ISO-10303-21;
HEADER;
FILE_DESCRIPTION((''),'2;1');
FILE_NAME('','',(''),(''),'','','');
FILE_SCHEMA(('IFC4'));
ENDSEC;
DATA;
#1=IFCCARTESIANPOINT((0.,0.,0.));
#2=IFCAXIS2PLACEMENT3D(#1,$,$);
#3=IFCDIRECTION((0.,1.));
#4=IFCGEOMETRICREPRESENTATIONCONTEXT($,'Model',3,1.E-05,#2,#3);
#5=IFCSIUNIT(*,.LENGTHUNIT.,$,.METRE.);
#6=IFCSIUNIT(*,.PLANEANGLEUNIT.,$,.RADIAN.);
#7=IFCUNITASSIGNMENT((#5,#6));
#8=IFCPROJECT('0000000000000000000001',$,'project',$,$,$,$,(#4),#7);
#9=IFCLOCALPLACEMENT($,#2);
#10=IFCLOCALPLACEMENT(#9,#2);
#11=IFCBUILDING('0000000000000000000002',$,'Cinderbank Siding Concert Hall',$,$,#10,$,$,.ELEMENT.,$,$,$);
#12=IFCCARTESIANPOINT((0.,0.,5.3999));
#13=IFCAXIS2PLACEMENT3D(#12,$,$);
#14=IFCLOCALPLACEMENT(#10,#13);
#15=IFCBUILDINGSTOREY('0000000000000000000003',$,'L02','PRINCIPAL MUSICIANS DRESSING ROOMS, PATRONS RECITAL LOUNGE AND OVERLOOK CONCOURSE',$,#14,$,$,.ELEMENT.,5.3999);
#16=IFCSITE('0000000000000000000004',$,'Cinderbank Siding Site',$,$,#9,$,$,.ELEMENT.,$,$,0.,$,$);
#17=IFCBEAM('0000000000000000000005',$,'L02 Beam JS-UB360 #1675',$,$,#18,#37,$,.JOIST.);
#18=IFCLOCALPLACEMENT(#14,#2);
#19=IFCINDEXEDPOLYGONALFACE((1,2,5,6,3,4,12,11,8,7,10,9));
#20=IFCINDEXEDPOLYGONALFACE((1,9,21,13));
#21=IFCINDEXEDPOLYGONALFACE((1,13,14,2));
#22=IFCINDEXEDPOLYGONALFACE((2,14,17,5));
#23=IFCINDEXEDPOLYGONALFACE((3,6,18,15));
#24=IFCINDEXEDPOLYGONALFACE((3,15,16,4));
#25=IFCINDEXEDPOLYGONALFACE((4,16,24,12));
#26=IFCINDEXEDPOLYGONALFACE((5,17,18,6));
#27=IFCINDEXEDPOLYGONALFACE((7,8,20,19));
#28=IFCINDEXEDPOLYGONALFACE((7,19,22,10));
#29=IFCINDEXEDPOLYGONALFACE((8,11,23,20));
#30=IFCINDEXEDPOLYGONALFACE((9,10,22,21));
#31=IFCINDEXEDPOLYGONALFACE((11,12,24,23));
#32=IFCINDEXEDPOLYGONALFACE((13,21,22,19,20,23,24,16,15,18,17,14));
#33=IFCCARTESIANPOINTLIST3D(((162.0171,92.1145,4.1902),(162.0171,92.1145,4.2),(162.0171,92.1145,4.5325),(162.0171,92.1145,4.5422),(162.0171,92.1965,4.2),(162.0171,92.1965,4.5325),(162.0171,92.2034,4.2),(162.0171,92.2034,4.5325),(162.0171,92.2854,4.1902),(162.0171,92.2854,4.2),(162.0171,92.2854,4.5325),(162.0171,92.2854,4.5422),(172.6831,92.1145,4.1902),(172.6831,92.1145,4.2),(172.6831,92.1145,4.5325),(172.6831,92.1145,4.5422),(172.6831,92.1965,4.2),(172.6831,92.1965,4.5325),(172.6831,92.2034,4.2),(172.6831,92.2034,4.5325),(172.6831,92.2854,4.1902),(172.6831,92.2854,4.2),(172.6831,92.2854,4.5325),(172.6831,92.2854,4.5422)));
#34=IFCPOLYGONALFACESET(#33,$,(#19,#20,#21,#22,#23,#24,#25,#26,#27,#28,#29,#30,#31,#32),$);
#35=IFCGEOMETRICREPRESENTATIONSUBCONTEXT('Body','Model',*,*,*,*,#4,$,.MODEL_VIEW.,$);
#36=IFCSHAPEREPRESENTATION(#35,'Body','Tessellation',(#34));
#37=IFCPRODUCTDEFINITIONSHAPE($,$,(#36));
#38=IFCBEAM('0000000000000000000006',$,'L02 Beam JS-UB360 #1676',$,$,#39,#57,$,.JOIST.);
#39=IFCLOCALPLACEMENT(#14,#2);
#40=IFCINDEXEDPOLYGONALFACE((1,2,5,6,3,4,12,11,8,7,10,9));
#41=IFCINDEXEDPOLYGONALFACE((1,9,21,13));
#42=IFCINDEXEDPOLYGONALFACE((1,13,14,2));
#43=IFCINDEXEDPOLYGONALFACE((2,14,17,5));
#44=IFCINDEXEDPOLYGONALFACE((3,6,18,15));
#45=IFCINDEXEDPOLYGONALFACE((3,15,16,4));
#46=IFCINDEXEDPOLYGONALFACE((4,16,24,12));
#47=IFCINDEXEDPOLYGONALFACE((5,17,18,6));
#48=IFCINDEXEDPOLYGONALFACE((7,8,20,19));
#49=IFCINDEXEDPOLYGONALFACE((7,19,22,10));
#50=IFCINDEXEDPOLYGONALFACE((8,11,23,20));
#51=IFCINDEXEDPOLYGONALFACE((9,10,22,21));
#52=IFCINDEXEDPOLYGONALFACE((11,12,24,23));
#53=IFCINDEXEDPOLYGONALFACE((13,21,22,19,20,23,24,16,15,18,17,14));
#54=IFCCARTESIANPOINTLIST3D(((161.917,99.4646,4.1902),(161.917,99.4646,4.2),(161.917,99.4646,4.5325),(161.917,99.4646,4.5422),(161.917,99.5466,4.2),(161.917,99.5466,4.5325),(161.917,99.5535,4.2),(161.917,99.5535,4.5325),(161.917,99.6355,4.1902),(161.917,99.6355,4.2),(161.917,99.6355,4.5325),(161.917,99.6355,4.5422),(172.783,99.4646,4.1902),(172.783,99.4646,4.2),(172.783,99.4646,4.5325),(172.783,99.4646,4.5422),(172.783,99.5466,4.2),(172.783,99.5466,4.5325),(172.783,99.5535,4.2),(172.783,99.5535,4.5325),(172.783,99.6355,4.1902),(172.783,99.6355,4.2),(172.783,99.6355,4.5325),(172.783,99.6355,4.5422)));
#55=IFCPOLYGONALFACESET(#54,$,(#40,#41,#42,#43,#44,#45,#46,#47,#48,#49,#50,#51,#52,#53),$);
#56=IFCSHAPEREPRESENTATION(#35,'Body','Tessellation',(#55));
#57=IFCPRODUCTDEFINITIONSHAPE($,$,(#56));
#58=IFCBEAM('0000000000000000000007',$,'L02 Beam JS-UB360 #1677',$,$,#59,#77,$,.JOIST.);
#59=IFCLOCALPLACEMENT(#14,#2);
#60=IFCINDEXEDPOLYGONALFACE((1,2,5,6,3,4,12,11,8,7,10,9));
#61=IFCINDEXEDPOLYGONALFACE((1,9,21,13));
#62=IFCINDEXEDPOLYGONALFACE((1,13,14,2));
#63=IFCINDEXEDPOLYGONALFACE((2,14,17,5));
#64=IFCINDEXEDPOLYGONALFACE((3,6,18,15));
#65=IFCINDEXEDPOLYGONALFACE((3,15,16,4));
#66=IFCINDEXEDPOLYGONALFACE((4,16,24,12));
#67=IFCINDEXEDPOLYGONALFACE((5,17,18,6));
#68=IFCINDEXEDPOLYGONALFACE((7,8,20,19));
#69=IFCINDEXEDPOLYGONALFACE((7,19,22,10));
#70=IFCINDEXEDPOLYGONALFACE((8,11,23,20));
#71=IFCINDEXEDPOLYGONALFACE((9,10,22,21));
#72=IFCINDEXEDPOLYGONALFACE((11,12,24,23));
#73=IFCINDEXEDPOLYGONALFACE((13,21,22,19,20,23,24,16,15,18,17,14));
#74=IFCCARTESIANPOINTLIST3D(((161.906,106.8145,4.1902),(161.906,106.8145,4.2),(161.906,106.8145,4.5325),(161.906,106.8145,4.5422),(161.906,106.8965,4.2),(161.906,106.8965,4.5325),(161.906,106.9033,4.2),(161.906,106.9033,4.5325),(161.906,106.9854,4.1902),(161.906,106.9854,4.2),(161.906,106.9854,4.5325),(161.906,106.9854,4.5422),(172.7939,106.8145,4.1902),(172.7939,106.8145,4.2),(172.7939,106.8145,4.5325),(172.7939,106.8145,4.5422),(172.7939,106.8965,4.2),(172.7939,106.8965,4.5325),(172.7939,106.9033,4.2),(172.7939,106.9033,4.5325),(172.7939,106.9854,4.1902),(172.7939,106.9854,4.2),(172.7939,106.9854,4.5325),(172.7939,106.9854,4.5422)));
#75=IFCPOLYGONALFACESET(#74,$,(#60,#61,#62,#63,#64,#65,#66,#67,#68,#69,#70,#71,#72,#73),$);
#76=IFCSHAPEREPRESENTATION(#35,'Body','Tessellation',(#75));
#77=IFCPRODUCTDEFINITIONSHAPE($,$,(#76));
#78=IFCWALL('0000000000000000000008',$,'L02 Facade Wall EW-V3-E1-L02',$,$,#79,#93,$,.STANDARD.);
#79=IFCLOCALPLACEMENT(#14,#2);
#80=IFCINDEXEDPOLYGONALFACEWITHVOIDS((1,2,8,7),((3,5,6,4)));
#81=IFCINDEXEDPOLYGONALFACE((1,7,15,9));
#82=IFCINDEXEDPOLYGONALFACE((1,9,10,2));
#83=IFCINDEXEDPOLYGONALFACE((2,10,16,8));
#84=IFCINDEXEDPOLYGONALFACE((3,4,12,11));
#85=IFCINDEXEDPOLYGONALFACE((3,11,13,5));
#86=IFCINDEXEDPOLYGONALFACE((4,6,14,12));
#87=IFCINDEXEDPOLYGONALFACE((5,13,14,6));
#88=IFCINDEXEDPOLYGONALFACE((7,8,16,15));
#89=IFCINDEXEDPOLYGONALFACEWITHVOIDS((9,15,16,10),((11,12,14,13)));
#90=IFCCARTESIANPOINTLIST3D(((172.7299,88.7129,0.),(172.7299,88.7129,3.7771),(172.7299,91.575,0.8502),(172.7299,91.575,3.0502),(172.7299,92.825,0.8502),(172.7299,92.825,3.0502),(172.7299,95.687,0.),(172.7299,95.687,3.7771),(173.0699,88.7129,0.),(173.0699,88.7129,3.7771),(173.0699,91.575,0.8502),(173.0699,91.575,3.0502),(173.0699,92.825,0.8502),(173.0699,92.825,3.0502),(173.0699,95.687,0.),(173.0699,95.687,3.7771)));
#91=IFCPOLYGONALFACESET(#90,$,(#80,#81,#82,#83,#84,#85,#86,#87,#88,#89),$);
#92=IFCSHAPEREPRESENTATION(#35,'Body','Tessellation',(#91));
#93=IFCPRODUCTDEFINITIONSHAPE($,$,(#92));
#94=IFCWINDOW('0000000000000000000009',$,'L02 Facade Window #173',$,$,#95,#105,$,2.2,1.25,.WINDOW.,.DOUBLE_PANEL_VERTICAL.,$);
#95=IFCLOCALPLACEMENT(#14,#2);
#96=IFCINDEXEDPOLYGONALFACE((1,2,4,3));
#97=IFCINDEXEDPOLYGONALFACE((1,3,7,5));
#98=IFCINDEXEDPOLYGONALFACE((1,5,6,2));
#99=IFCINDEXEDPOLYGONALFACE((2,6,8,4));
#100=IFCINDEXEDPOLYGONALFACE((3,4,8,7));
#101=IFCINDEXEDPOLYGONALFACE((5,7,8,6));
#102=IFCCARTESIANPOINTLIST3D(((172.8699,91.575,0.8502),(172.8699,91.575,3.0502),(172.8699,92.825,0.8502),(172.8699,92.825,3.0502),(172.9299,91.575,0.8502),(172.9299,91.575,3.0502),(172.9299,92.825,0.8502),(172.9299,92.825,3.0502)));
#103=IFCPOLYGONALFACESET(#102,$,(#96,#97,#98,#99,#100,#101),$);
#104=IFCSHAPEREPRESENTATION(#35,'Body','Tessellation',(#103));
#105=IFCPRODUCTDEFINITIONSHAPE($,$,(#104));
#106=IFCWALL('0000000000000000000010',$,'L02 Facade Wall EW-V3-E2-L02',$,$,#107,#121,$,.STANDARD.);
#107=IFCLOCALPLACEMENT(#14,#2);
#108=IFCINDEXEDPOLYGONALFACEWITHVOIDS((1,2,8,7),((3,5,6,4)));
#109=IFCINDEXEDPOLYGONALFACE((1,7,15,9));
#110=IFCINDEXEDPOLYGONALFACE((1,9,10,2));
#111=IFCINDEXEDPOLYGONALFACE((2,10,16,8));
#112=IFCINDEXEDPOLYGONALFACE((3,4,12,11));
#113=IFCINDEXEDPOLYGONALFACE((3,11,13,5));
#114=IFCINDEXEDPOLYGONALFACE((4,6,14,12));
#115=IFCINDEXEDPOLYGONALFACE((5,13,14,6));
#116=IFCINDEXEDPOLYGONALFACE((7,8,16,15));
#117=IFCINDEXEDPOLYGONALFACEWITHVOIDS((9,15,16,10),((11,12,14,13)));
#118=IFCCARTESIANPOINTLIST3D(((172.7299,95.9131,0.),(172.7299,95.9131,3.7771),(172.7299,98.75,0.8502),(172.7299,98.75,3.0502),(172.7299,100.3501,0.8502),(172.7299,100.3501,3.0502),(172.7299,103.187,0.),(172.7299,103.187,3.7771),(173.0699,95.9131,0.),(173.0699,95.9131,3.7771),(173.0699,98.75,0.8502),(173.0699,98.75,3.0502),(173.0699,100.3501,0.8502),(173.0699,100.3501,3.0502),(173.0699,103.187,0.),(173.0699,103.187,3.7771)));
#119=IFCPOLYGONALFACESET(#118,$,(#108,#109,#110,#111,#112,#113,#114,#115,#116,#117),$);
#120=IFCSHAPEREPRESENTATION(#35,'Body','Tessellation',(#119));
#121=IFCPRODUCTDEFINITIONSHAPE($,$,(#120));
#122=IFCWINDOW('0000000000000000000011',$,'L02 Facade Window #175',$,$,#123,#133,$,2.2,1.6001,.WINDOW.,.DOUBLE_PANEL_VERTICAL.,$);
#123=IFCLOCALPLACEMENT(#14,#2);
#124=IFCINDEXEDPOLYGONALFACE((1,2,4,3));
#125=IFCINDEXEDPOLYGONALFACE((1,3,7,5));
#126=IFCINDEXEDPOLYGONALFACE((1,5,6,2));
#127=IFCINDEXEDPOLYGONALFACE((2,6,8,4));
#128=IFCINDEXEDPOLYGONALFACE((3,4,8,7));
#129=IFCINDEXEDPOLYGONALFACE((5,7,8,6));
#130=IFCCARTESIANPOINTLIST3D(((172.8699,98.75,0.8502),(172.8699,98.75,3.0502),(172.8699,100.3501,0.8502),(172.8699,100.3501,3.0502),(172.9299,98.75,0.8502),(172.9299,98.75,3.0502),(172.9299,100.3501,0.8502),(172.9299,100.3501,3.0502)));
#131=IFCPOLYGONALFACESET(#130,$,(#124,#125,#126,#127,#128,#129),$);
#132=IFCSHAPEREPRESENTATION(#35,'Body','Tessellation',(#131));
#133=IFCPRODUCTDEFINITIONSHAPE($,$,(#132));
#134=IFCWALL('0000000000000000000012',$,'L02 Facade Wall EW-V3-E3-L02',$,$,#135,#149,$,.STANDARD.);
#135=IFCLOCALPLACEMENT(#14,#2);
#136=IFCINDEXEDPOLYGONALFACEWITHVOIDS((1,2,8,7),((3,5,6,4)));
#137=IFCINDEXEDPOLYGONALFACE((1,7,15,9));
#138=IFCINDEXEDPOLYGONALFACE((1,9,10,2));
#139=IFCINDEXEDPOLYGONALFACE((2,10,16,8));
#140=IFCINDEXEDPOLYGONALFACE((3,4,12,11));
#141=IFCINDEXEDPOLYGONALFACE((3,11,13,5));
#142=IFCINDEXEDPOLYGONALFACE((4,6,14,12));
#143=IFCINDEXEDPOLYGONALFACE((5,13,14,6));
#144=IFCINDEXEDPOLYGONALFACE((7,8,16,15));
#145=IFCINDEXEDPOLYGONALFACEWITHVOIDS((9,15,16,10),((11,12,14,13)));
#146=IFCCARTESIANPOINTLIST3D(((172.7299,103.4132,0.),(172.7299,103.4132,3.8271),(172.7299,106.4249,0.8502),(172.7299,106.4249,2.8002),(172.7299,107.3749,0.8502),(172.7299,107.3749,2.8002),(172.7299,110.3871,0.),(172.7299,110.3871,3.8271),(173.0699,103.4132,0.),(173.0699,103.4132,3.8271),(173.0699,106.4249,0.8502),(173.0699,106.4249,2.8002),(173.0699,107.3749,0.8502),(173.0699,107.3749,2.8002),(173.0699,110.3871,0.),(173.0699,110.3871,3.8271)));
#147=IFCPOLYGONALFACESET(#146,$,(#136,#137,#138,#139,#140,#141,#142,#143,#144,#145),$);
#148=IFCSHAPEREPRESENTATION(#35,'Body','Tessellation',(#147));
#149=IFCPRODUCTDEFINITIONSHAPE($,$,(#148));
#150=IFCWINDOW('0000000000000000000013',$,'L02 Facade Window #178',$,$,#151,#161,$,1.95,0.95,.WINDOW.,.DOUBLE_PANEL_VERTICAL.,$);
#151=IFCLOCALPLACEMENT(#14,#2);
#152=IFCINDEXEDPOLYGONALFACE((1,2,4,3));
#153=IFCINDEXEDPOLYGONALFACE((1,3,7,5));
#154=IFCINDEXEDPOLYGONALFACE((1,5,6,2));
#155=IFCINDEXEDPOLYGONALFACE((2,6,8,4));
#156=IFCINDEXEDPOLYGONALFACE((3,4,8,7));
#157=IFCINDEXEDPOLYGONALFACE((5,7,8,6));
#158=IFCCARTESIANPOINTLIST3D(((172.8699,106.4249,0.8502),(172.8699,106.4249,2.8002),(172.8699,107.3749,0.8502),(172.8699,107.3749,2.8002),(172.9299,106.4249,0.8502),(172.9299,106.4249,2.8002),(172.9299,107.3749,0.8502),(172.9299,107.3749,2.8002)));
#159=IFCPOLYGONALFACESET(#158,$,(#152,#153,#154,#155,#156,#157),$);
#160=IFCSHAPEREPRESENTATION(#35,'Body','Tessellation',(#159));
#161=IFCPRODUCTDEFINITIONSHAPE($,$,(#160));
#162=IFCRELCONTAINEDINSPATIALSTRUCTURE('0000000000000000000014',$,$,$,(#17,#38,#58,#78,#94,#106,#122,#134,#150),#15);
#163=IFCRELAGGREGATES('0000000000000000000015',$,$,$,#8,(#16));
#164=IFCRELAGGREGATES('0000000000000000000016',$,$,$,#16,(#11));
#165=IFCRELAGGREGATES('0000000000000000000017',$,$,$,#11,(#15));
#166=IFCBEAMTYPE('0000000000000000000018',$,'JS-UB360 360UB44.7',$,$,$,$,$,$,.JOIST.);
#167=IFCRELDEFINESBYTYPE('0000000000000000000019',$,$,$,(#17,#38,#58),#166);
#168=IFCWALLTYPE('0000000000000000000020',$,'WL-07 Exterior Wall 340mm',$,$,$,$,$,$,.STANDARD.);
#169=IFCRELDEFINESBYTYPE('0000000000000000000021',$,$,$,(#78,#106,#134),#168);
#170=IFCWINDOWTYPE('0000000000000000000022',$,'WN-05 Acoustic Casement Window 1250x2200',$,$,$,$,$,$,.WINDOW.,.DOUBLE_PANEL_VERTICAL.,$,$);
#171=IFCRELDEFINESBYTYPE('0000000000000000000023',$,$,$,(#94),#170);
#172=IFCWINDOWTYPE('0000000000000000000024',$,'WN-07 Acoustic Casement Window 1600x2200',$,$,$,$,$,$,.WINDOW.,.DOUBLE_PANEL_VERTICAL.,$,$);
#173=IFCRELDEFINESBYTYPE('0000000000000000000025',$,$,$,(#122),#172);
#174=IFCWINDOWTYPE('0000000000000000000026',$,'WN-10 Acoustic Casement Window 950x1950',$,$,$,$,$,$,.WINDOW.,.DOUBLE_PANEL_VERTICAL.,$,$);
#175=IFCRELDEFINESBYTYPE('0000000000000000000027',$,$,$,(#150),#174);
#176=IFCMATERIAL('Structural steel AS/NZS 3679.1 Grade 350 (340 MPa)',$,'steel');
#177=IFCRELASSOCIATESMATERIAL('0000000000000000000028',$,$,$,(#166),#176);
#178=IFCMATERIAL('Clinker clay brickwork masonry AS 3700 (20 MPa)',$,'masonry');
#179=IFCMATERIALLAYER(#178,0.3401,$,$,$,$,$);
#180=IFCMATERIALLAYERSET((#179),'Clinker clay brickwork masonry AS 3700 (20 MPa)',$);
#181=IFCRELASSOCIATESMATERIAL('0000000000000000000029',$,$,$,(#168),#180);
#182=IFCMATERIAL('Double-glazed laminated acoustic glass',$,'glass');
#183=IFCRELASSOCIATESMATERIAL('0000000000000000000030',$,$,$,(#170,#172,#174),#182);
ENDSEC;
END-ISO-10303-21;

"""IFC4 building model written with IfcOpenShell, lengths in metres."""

from ifc_helpers import new_model, si_unit, direction, frame, frame_2d, origin, origin_2d, place, context, subcontext, project, spatial, rectangle, i_section, extrude, material, layer, layer_set, material_profile, profile_set, type_object, element, fill, save


model = new_model("IFC4")

# Units and contexts
model_context = context("Model", 3, precision=1e-05, world=origin(), true_north=direction((0.0, 1.0)))
body_context = subcontext(model_context, "Body", "Model", "MODEL_VIEW")
ifc_project = project(units=[si_unit("LENGTHUNIT", "METRE"), si_unit("PLANEANGLEUNIT", "RADIAN")], contexts=[model_context])

# Site, building, storey
site_placement = place(None, origin())
site = spatial("IfcSite", under=ifc_project, at=site_placement, Name="Cinderbank Siding Site", CompositionType="ELEMENT", RefElevation=0.0)
building_placement = place(site_placement, origin())
building = spatial("IfcBuilding", under=site, at=building_placement, Name="Cinderbank Siding Concert Hall", CompositionType="ELEMENT")
storey_placement = place(building_placement, frame((0.0, 0.0, 5.3999)))
storey = spatial("IfcBuildingStorey", under=building, at=storey_placement, Name="L02", Description="PRINCIPAL MUSICIANS DRESSING ROOMS, PATRONS RECITAL LOUNGE AND OVERLOOK CONCOURSE", CompositionType="ELEMENT", Elevation=5.3999)

# Shared definitions
ifc_material_1 = material(Name="Structural steel AS/NZS 3679.1 Grade 350 (340 MPa)", Category="steel")

# Beams
ifc_material_profile_1 = material_profile(ifc_material_1, i_section(OverallWidth=0.1709, OverallDepth=0.3521, WebThickness=0.0068, FlangeThickness=0.0098, at=origin_2d()), Name="360UB44.7", Category="LoadBearing")
ifc_profile_set_1 = profile_set([ifc_material_profile_1], Name="Structural steel AS/NZS 3679.1 Grade 350 (340 MPa)")
beam_type_1 = type_object("IfcBeamType", Name="JS-UB360 360UB44.7", PredefinedType="JOIST", material=ifc_profile_set_1)
beam_1_placement = place(storey_placement, frame((162.0171, 92.2, 4.3662), z_axis=(1.0, 0.0, 0.0), x_axis=(0.0, 1.0, 0.0)))
element("IfcBeam", 1, at=beam_1_placement, inside=storey, type_object=beam_type_1, Name="L02 Beam JS-UB360 #1675", PredefinedType="JOIST", context=body_context, shape_type="SweptSolid", body=[
    extrude(i_section(OverallWidth=0.1709, OverallDepth=0.3521, WebThickness=0.0068, FlangeThickness=0.0098, at=origin_2d()), origin(), (0.0, 0.0, 1.0), 10.666),
])
beam_2_placement = place(storey_placement, frame((161.917, 99.55, 4.3662), z_axis=(1.0, 0.0, 0.0), x_axis=(0.0, 1.0, 0.0)))
element("IfcBeam", 2, at=beam_2_placement, inside=storey, type_object=beam_type_1, Name="L02 Beam JS-UB360 #1676", PredefinedType="JOIST", context=body_context, shape_type="SweptSolid", body=[
    extrude(i_section(OverallWidth=0.1709, OverallDepth=0.3521, WebThickness=0.0068, FlangeThickness=0.0098, at=origin_2d()), origin(), (0.0, 0.0, 1.0), 10.866),
])
beam_3_placement = place(storey_placement, frame((161.906, 106.8999, 4.3662), z_axis=(1.0, 0.0, 0.0), x_axis=(0.0, 1.0, 0.0)))
element("IfcBeam", 3, at=beam_3_placement, inside=storey, type_object=beam_type_1, Name="L02 Beam JS-UB360 #1677", PredefinedType="JOIST", context=body_context, shape_type="SweptSolid", body=[
    extrude(i_section(OverallWidth=0.1709, OverallDepth=0.3521, WebThickness=0.0068, FlangeThickness=0.0098, at=origin_2d()), origin(), (0.0, 0.0, 1.0), 10.8879),
])

# Walls, openings, windows
ifc_material_2 = material(Name="Clinker clay brickwork masonry AS 3700 (20 MPa)", Category="masonry")
ifc_layer = layer(ifc_material_2, 0.3401)
ifc_layer_set = layer_set([ifc_layer], Name="Clinker clay brickwork masonry AS 3700 (20 MPa)")
wall_type = type_object("IfcWallType", Name="WL-07 Exterior Wall 340mm", PredefinedType="STANDARD", material=ifc_layer_set)
wall_1_placement = place(storey_placement, frame((172.8999, 95.687, 0.0), z_axis=(0.0, 0.0, 1.0), x_axis=(0.0, -1.0, 0.0)))
wall_1 = element("IfcWall", 4, at=wall_1_placement, inside=storey, type_object=wall_type, Name="L02 Facade Wall EW-V3-E1-L02", PredefinedType="STANDARD", context=body_context, shape_type="SweptSolid", body=[
    extrude(rectangle(XDim=6.9741, YDim=0.3401, at=frame_2d((3.4871, 0.0))), origin(), (0.0, 0.0, 1.0), 3.7771),
])
opening_1_placement = place(wall_1_placement, frame((2.8621, 0.0, 0.8501)))
opening_1 = element("IfcOpeningElement", 5, at=opening_1_placement, cuts=wall_1, PredefinedType="OPENING", context=body_context, shape_type="SweptSolid", body=[
    extrude(rectangle(XDim=1.25, YDim=2.2, at=frame_2d((0.625, 1.1001))), frame((0.0, 0.1821, 0.0), z_axis=(0.0, -1.0, 0.0), x_axis=(1.0, 0.0, 0.0)), (0.0, 0.0, 1.0), 0.364),
])
ifc_material_3 = material(Name="Double-glazed laminated acoustic glass", Category="glass")
window_type_1 = type_object("IfcWindowType", Name="WN-05 Acoustic Casement Window 1250x2200", PartitioningType="DOUBLE_PANEL_VERTICAL", PredefinedType="WINDOW", material=ifc_material_3)
window_1_placement = place(opening_1_placement, origin())
window_1 = element("IfcWindow", 6, at=window_1_placement, inside=storey, type_object=window_type_1, Name="L02 Facade Window #173", OverallHeight=2.2, OverallWidth=1.25, PartitioningType="DOUBLE_PANEL_VERTICAL", PredefinedType="WINDOW", context=body_context, shape_type="SweptSolid", body=[
    extrude(rectangle(XDim=1.25, YDim=2.2, at=frame_2d((0.625, 1.1001))), frame((0.0, 0.03, 0.0), z_axis=(0.0, -1.0, 0.0), x_axis=(1.0, 0.0, 0.0)), (0.0, 0.0, 1.0), 0.0601),
])
fill(opening_1, window_1)
wall_2_placement = place(storey_placement, frame((172.8999, 103.187, 0.0), z_axis=(0.0, 0.0, 1.0), x_axis=(0.0, -1.0, 0.0)))
wall_2 = element("IfcWall", 7, at=wall_2_placement, inside=storey, type_object=wall_type, Name="L02 Facade Wall EW-V3-E2-L02", PredefinedType="STANDARD", context=body_context, shape_type="SweptSolid", body=[
    extrude(rectangle(XDim=7.2739, YDim=0.3401, at=frame_2d((3.637, 0.0))), origin(), (0.0, 0.0, 1.0), 3.7771),
])
opening_2_placement = place(wall_2_placement, frame((2.8369, 0.0, 0.8501)))
opening_2 = element("IfcOpeningElement", 8, at=opening_2_placement, cuts=wall_2, PredefinedType="OPENING", context=body_context, shape_type="SweptSolid", body=[
    extrude(rectangle(XDim=1.6001, YDim=2.2, at=frame_2d((0.8, 1.1001))), frame((0.0, 0.1821, 0.0), z_axis=(0.0, -1.0, 0.0), x_axis=(1.0, 0.0, 0.0)), (0.0, 0.0, 1.0), 0.364),
])
window_type_2 = type_object("IfcWindowType", Name="WN-07 Acoustic Casement Window 1600x2200", PartitioningType="DOUBLE_PANEL_VERTICAL", PredefinedType="WINDOW", material=ifc_material_3)
window_2_placement = place(opening_2_placement, origin())
window_2 = element("IfcWindow", 9, at=window_2_placement, inside=storey, type_object=window_type_2, Name="L02 Facade Window #175", OverallHeight=2.2, OverallWidth=1.6001, PartitioningType="DOUBLE_PANEL_VERTICAL", PredefinedType="WINDOW", context=body_context, shape_type="SweptSolid", body=[
    extrude(rectangle(XDim=1.6001, YDim=2.2, at=frame_2d((0.8, 1.1001))), frame((0.0, 0.03, 0.0), z_axis=(0.0, -1.0, 0.0), x_axis=(1.0, 0.0, 0.0)), (0.0, 0.0, 1.0), 0.0601),
])
fill(opening_2, window_2)
wall_3_placement = place(storey_placement, frame((172.8999, 110.387, 0.0), z_axis=(0.0, 0.0, 1.0), x_axis=(0.0, -1.0, 0.0)))
wall_3 = element("IfcWall", 10, at=wall_3_placement, inside=storey, type_object=wall_type, Name="L02 Facade Wall EW-V3-E3-L02", PredefinedType="STANDARD", context=body_context, shape_type="SweptSolid", body=[
    extrude(rectangle(XDim=6.9739, YDim=0.3401, at=frame_2d((3.4868, 0.0))), origin(), (0.0, 0.0, 1.0), 3.8271),
])
opening_3_placement = place(wall_3_placement, frame((3.012, 0.0, 0.8501)))
opening_3 = element("IfcOpeningElement", 11, at=opening_3_placement, cuts=wall_3, PredefinedType="OPENING", context=body_context, shape_type="SweptSolid", body=[
    extrude(rectangle(XDim=0.95, YDim=1.95, at=frame_2d((0.4751, 0.9751))), frame((0.0, 0.1821, 0.0), z_axis=(0.0, -1.0, 0.0), x_axis=(1.0, 0.0, 0.0)), (0.0, 0.0, 1.0), 0.364),
])
window_type_3 = type_object("IfcWindowType", Name="WN-10 Acoustic Casement Window 950x1950", PartitioningType="DOUBLE_PANEL_VERTICAL", PredefinedType="WINDOW", material=ifc_material_3)
window_3_placement = place(opening_3_placement, origin())
window_3 = element("IfcWindow", 12, at=window_3_placement, inside=storey, type_object=window_type_3, Name="L02 Facade Window #178", OverallHeight=1.95, OverallWidth=0.95, PartitioningType="DOUBLE_PANEL_VERTICAL", PredefinedType="WINDOW", context=body_context, shape_type="SweptSolid", body=[
    extrude(rectangle(XDim=0.95, YDim=1.95, at=frame_2d((0.4751, 0.9751))), frame((0.0, 0.03, 0.0), z_axis=(0.0, -1.0, 0.0), x_axis=(1.0, 0.0, 0.0)), (0.0, 0.0, 1.0), 0.0601),
])
fill(opening_3, window_3)

save(model, "model.ifc")
